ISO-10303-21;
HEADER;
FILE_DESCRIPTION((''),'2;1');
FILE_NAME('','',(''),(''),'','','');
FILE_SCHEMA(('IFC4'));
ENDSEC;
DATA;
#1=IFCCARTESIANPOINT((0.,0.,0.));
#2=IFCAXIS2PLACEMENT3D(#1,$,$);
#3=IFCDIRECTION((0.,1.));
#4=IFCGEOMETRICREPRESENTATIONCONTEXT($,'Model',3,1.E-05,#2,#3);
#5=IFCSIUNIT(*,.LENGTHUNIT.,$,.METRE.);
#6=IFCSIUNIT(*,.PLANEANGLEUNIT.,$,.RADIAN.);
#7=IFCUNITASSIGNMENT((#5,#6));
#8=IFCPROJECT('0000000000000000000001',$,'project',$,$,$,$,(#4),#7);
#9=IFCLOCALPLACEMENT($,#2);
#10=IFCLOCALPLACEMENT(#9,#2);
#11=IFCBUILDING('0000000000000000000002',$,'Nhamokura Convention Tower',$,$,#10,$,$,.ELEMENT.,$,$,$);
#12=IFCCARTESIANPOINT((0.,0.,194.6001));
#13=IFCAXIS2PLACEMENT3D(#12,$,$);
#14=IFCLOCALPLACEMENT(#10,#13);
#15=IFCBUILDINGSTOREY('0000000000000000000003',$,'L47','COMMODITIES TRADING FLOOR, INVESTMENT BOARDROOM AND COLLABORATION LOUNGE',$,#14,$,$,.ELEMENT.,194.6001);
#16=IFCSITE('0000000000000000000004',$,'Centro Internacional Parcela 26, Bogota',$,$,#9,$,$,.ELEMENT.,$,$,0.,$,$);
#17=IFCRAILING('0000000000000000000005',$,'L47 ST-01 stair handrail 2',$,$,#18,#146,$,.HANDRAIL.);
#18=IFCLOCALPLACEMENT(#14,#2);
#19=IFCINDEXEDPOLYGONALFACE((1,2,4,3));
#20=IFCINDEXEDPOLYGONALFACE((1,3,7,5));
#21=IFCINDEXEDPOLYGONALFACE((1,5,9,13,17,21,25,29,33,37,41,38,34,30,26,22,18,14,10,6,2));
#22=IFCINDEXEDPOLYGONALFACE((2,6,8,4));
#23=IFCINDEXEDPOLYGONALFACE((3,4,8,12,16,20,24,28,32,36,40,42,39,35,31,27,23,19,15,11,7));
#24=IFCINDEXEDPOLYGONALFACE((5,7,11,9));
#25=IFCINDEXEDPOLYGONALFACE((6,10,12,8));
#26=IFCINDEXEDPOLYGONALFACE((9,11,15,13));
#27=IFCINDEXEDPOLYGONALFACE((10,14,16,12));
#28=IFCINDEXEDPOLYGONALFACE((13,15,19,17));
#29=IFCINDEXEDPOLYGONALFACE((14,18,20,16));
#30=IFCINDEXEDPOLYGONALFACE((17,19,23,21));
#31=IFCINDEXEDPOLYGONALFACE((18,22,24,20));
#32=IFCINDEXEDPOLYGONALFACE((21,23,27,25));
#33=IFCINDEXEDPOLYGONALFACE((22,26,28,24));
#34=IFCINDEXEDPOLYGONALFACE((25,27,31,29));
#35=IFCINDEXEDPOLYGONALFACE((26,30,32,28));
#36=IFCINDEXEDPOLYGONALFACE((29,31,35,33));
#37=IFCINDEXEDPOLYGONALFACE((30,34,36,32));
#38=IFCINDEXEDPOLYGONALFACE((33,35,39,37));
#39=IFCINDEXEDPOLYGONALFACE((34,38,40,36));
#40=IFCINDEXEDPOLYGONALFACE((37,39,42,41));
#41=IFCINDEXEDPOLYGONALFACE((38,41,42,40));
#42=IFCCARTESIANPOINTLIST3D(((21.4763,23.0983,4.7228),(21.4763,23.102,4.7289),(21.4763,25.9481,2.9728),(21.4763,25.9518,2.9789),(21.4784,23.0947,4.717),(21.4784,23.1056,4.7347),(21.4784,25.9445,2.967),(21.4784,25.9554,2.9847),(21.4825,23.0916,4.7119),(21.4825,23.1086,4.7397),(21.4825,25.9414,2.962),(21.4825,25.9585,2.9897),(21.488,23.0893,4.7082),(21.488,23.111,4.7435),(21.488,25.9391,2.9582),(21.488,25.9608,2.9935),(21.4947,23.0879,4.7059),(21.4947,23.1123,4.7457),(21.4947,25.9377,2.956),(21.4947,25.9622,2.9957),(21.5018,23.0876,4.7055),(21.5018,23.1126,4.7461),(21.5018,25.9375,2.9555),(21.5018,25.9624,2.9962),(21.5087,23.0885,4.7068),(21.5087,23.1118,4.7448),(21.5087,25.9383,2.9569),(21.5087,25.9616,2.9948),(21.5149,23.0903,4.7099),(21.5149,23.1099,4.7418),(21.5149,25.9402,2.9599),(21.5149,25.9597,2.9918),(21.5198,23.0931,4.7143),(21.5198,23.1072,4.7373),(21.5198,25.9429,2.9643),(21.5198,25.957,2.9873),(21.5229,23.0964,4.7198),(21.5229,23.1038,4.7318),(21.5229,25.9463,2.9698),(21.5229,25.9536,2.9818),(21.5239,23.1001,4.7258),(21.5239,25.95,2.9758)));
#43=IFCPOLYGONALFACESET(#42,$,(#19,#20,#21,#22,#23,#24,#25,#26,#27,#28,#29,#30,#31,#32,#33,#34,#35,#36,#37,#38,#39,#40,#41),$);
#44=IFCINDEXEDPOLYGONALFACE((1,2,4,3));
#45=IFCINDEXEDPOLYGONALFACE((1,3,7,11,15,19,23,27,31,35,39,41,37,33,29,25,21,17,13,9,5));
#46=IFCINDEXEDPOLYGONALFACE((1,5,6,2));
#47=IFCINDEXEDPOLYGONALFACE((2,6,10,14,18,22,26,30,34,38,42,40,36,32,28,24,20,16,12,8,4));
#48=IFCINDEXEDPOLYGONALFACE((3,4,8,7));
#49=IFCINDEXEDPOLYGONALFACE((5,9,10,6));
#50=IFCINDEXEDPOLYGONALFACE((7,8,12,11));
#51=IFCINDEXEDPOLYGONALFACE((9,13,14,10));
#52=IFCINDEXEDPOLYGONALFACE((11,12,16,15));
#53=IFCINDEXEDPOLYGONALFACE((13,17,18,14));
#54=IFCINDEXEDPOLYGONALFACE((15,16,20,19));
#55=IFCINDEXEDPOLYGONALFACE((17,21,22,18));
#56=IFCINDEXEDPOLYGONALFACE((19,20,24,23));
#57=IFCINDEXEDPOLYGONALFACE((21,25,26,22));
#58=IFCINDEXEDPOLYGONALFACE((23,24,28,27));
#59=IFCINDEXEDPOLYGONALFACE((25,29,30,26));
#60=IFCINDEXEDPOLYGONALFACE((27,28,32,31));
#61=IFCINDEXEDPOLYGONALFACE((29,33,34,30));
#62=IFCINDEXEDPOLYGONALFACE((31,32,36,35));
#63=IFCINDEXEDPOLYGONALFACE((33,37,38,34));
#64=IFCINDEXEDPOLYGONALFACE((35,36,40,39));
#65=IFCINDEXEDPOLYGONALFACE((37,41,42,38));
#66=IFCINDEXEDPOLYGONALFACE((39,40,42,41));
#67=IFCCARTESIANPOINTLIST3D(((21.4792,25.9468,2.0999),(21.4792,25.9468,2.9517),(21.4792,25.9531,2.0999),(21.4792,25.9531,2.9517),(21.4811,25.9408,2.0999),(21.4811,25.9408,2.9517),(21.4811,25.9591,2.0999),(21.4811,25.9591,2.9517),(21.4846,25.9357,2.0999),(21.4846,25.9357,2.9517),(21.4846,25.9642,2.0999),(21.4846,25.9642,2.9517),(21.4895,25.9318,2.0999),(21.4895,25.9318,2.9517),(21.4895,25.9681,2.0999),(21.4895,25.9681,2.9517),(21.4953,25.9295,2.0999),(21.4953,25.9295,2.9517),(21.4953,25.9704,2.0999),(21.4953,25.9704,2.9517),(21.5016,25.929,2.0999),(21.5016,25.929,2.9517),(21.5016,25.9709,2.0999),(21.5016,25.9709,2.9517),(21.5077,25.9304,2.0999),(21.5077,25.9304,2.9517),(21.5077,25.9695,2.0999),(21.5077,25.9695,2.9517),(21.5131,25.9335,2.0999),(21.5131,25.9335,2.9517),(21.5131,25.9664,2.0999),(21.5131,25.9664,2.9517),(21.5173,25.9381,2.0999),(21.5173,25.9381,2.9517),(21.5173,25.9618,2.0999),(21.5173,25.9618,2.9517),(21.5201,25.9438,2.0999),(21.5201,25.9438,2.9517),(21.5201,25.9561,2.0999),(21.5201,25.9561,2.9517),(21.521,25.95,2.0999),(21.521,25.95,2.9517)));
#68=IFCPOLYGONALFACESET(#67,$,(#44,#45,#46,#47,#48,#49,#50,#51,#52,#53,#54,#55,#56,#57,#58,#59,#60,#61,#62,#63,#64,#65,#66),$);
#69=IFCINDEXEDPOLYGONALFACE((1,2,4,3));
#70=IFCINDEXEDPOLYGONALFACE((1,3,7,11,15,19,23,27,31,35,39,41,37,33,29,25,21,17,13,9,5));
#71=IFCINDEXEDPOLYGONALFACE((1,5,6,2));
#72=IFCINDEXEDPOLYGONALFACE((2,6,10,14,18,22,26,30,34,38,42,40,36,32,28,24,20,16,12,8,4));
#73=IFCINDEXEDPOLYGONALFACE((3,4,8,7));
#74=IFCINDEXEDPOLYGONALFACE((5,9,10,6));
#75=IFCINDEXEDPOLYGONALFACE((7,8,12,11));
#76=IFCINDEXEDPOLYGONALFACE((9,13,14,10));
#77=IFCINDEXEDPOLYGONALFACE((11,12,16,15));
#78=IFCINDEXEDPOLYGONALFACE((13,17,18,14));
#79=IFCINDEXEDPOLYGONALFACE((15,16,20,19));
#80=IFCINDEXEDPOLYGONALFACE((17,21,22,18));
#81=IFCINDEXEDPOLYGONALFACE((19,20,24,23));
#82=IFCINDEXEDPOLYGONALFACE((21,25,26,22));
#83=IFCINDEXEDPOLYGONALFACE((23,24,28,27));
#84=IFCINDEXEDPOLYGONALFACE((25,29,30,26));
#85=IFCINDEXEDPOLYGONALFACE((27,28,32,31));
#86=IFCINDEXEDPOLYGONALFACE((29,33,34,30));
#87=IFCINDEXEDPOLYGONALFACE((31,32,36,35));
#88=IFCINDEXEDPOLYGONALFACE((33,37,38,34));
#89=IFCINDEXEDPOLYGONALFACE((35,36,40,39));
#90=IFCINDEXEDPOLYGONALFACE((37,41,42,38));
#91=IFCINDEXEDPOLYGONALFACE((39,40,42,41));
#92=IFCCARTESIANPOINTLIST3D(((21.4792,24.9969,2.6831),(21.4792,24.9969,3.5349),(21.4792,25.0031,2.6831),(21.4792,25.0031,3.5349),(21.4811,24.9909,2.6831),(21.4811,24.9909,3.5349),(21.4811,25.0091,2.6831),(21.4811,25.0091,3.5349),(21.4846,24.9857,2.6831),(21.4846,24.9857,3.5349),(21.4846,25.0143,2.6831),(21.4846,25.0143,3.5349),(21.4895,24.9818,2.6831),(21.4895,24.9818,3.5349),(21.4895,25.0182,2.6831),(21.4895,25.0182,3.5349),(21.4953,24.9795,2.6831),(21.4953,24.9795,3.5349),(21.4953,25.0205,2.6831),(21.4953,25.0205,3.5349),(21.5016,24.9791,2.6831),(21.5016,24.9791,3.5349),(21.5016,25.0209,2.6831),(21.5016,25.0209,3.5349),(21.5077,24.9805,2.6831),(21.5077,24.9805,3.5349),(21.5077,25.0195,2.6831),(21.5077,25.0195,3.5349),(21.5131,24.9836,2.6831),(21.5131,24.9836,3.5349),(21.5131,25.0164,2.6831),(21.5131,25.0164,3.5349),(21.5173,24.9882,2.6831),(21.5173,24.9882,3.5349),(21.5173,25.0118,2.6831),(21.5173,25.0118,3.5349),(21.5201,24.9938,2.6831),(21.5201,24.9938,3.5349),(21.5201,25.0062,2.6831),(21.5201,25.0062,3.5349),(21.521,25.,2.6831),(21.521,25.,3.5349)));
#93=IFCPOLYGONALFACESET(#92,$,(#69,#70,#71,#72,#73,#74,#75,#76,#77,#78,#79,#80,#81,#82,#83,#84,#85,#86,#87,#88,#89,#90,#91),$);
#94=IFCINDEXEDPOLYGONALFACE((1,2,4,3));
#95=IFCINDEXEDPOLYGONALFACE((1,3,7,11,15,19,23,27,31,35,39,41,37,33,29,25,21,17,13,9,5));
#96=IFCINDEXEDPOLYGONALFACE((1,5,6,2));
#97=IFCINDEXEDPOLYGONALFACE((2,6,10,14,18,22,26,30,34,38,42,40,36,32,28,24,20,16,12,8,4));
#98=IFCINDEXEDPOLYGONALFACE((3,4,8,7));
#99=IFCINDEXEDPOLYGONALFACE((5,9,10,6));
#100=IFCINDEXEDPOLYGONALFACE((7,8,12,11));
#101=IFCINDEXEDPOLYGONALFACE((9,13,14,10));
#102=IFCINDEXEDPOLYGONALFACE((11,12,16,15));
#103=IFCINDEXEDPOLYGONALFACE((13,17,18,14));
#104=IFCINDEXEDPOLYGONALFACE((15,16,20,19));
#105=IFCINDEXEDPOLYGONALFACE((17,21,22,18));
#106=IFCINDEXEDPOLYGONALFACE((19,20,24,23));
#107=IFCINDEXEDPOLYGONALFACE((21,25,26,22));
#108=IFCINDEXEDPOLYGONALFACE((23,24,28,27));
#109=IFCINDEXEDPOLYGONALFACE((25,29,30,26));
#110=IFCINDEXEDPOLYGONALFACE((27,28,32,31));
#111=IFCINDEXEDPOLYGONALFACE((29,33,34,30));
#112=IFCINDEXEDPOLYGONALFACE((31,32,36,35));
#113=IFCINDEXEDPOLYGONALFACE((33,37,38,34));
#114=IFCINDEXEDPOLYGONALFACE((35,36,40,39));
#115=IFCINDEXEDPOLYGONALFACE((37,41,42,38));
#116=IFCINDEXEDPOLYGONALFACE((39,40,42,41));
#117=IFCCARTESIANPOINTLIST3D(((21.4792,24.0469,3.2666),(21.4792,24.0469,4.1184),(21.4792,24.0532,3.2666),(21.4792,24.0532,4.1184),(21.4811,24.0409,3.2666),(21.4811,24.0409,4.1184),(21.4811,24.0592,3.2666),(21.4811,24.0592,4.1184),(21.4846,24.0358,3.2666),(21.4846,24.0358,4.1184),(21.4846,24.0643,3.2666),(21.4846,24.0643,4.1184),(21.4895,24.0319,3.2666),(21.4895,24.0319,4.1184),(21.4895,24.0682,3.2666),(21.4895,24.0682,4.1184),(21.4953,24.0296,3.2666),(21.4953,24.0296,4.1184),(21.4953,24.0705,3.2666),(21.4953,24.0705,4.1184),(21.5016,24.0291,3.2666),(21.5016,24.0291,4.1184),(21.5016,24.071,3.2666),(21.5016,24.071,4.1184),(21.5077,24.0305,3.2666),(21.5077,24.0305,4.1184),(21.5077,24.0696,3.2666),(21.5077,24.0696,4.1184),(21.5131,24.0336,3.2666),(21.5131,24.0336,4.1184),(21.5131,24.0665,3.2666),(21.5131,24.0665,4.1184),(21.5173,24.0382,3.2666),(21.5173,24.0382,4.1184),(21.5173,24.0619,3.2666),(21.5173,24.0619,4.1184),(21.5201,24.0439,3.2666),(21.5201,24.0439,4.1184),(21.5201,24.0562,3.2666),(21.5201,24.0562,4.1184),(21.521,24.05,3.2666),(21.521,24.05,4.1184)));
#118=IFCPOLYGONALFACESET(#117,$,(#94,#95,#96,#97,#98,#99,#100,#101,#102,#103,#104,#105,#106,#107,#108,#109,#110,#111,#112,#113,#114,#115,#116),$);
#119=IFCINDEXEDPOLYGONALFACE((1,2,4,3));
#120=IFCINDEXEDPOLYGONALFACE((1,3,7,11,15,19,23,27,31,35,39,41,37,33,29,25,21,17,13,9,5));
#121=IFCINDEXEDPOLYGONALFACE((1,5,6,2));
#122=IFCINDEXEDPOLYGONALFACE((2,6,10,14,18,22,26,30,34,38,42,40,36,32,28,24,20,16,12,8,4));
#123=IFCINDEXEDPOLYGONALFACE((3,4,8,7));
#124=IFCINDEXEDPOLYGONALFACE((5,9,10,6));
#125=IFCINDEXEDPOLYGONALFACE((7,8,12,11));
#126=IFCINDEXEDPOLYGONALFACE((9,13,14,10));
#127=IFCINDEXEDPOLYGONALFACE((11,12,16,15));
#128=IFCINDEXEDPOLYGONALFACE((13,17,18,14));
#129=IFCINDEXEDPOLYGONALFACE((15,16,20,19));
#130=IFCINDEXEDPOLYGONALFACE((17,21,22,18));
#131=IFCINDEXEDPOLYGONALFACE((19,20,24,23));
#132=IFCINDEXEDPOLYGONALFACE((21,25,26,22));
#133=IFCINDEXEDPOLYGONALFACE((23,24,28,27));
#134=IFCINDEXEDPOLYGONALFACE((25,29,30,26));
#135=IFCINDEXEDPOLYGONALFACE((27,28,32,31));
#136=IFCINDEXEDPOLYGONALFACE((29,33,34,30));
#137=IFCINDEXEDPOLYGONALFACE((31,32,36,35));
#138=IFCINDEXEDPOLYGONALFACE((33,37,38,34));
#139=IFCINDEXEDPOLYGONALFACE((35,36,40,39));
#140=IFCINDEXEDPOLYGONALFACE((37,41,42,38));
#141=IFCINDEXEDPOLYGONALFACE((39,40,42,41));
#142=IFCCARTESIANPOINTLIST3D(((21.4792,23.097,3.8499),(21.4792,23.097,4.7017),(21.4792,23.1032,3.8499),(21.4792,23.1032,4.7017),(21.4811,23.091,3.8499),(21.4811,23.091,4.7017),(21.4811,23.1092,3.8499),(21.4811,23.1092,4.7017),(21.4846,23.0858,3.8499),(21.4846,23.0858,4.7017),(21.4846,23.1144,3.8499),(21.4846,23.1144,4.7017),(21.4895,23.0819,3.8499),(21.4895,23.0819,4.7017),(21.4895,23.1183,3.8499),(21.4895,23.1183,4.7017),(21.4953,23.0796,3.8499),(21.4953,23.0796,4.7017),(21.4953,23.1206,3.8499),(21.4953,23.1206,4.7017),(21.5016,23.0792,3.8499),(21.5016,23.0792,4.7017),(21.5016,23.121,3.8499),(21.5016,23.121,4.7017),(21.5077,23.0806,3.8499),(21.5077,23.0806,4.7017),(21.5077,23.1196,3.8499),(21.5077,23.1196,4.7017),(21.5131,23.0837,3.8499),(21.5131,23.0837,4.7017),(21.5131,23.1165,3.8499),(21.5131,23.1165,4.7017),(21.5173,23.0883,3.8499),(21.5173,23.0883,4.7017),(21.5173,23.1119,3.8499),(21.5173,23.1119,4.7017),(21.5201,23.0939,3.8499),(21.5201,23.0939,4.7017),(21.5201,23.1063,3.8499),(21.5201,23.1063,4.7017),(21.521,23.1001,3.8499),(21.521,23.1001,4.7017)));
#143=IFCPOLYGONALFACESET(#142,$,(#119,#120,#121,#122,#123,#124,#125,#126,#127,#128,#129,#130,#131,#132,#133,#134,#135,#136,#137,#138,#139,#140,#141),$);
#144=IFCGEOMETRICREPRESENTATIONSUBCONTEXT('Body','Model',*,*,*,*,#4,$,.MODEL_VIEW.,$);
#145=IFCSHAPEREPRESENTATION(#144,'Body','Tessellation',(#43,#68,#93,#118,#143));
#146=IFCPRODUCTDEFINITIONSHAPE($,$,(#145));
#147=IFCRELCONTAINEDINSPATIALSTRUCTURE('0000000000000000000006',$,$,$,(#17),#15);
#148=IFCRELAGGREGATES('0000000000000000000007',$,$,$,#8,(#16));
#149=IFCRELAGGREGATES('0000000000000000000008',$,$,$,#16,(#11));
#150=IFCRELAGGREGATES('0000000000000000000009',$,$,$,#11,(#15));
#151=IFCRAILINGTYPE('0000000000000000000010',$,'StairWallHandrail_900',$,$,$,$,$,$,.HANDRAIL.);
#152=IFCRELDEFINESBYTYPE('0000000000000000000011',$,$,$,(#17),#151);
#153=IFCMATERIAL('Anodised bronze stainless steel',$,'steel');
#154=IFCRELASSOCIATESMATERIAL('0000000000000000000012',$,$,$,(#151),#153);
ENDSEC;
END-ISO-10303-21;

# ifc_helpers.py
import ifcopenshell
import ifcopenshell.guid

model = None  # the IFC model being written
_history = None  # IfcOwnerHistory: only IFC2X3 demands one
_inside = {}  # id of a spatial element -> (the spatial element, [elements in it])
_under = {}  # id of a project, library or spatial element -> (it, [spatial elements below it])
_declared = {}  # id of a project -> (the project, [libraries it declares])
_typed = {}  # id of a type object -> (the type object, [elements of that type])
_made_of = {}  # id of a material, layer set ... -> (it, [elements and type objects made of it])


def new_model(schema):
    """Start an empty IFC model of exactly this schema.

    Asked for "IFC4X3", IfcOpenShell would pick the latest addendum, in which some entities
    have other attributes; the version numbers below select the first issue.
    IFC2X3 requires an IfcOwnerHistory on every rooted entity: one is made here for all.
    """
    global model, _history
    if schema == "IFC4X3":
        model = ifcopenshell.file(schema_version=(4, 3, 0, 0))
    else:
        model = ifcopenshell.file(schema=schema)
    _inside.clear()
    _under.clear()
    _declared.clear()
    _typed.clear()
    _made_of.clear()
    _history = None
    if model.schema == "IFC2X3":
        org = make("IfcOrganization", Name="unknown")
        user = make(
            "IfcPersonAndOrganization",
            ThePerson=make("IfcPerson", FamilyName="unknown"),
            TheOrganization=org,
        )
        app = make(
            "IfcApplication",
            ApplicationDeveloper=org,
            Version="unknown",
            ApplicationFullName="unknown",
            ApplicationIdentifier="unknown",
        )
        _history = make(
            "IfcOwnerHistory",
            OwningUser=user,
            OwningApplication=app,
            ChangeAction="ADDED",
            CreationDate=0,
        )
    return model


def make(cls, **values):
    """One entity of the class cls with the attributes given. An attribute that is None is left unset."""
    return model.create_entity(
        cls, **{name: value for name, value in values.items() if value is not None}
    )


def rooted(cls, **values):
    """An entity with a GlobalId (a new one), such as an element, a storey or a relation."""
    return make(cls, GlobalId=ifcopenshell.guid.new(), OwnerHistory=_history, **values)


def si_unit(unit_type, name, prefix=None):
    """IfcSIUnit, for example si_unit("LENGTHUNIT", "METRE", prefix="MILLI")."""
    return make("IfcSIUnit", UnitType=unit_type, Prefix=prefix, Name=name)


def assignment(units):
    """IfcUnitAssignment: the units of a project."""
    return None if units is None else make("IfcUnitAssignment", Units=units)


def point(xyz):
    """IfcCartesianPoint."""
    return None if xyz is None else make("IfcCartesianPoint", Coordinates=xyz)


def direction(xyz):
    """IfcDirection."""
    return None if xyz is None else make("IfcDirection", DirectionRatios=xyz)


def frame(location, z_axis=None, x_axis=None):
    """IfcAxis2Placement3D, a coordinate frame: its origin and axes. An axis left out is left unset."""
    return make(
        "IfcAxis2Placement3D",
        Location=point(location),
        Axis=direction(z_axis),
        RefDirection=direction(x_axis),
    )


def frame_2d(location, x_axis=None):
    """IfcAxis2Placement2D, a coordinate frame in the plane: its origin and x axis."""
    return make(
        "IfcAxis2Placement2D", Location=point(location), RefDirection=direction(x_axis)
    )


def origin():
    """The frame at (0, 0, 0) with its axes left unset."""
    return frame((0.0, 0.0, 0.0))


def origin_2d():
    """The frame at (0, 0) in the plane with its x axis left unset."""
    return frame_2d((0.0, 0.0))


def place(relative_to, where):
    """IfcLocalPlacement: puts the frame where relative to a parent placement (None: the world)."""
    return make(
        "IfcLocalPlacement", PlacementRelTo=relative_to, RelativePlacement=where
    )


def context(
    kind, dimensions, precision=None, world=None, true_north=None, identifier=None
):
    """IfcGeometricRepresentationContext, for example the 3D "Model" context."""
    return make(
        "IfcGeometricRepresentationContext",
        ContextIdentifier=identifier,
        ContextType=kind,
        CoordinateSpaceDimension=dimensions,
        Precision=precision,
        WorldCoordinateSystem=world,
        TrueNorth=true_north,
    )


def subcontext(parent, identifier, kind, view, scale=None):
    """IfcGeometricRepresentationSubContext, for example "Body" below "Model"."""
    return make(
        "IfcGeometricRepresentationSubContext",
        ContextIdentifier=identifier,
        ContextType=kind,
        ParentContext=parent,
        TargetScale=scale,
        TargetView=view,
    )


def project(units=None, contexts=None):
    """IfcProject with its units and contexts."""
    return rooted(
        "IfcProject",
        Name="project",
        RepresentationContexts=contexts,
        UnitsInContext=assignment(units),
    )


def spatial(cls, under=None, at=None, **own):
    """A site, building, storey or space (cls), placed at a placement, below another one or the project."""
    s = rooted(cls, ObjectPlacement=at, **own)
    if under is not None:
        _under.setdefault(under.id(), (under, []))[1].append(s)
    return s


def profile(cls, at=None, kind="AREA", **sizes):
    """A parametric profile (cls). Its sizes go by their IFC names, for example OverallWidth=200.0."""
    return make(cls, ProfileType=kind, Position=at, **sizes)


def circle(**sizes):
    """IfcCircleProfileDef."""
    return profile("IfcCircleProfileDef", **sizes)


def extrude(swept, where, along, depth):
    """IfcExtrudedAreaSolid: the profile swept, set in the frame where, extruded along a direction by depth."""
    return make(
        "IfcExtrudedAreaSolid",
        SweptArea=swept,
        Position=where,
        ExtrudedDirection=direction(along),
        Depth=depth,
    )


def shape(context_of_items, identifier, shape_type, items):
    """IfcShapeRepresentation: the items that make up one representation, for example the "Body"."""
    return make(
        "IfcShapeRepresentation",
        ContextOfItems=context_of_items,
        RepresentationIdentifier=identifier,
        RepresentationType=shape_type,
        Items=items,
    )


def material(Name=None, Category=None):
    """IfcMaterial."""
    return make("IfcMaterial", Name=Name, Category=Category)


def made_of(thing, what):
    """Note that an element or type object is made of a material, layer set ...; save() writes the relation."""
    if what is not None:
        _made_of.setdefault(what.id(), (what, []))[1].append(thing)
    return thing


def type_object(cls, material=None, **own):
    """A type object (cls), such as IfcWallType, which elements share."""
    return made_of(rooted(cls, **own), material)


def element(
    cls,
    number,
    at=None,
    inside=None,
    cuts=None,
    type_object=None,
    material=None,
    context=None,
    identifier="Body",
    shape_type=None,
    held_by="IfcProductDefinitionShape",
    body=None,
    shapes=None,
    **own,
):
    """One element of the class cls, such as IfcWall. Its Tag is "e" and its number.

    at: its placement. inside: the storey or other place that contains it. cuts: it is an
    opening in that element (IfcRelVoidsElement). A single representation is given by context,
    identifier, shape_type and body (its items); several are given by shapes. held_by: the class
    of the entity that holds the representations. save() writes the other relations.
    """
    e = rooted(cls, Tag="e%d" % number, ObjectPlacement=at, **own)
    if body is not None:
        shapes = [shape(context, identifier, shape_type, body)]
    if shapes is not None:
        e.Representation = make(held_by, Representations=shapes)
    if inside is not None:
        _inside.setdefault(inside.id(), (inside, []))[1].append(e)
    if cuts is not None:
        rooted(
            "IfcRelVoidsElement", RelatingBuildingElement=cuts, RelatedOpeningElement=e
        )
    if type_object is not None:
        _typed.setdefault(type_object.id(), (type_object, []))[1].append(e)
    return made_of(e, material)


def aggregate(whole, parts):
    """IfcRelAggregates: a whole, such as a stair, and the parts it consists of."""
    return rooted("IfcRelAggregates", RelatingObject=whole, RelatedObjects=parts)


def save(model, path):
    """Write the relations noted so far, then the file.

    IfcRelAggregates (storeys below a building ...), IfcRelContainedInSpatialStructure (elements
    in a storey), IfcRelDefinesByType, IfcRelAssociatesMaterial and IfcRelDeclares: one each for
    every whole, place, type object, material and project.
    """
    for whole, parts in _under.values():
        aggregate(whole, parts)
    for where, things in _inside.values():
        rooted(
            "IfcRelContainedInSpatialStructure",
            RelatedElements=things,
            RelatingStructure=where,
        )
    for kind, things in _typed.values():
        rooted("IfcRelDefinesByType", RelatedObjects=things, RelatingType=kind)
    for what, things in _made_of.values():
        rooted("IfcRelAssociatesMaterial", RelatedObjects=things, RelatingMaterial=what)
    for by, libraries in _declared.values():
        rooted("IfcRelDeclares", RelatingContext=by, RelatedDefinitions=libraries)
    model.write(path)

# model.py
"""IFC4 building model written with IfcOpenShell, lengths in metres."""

from ifc_helpers import new_model, si_unit, direction, frame, origin, origin_2d, place, context, subcontext, project, spatial, circle, extrude, material, type_object, element, save


model = new_model("IFC4")

# Units and contexts
model_context = context("Model", 3, precision=1e-05, world=origin(), true_north=direction((0.0, 1.0)))
body_context = subcontext(model_context, "Body", "Model", "MODEL_VIEW")
ifc_project = project(units=[si_unit("LENGTHUNIT", "METRE"), si_unit("PLANEANGLEUNIT", "RADIAN")], contexts=[model_context])

# Site, building, storey
site_placement = place(None, origin())
site = spatial("IfcSite", under=ifc_project, at=site_placement, Name="Centro Internacional Parcela 26, Bogota", CompositionType="ELEMENT", RefElevation=0.0)
building_placement = place(site_placement, origin())
building = spatial("IfcBuilding", under=site, at=building_placement, Name="Nhamokura Convention Tower", CompositionType="ELEMENT")
storey_placement = place(building_placement, frame((0.0, 0.0, 194.6001)))
storey = spatial("IfcBuildingStorey", under=building, at=storey_placement, Name="L47", Description="COMMODITIES TRADING FLOOR, INVESTMENT BOARDROOM AND COLLABORATION LOUNGE", CompositionType="ELEMENT", Elevation=194.6001)

# Railing
ifc_material_1 = material(Name="Anodised bronze stainless steel", Category="steel")
railing_type_1 = type_object("IfcRailingType", Name="StairWallHandrail_900", PredefinedType="HANDRAIL", material=ifc_material_1)
railing_1_placement = place(storey_placement, frame((21.5, 25.95, 2.0999)))
element("IfcRailing", 1, at=railing_1_placement, inside=storey, type_object=railing_type_1, Name="L47 ST-01 stair handrail 2", PredefinedType="HANDRAIL", context=body_context, shape_type="SweptSolid", body=[
    extrude(circle(Radius=0.0239, at=origin_2d()), frame((0.0, 0.0, 0.876), z_axis=(0.0, -0.852159, 0.523283), x_axis=(1.0, 0.0, 0.0)), (0.0, 0.0, 1.0), 3.3442),
    extrude(circle(Radius=0.021, at=origin_2d()), origin(), (0.0, 0.0, 1.0), 0.8518),
    extrude(circle(Radius=0.021, at=origin_2d()), frame((0.0, -0.95, 0.5833)), (0.0, 0.0, 1.0), 0.8518),
    extrude(circle(Radius=0.021, at=origin_2d()), frame((0.0, -1.8999, 1.1667)), (0.0, 0.0, 1.0), 0.8518),
    extrude(circle(Radius=0.021, at=origin_2d()), frame((0.0, -2.8499, 1.75)), (0.0, 0.0, 1.0), 0.8518),
])

save(model, "model.ifc")
